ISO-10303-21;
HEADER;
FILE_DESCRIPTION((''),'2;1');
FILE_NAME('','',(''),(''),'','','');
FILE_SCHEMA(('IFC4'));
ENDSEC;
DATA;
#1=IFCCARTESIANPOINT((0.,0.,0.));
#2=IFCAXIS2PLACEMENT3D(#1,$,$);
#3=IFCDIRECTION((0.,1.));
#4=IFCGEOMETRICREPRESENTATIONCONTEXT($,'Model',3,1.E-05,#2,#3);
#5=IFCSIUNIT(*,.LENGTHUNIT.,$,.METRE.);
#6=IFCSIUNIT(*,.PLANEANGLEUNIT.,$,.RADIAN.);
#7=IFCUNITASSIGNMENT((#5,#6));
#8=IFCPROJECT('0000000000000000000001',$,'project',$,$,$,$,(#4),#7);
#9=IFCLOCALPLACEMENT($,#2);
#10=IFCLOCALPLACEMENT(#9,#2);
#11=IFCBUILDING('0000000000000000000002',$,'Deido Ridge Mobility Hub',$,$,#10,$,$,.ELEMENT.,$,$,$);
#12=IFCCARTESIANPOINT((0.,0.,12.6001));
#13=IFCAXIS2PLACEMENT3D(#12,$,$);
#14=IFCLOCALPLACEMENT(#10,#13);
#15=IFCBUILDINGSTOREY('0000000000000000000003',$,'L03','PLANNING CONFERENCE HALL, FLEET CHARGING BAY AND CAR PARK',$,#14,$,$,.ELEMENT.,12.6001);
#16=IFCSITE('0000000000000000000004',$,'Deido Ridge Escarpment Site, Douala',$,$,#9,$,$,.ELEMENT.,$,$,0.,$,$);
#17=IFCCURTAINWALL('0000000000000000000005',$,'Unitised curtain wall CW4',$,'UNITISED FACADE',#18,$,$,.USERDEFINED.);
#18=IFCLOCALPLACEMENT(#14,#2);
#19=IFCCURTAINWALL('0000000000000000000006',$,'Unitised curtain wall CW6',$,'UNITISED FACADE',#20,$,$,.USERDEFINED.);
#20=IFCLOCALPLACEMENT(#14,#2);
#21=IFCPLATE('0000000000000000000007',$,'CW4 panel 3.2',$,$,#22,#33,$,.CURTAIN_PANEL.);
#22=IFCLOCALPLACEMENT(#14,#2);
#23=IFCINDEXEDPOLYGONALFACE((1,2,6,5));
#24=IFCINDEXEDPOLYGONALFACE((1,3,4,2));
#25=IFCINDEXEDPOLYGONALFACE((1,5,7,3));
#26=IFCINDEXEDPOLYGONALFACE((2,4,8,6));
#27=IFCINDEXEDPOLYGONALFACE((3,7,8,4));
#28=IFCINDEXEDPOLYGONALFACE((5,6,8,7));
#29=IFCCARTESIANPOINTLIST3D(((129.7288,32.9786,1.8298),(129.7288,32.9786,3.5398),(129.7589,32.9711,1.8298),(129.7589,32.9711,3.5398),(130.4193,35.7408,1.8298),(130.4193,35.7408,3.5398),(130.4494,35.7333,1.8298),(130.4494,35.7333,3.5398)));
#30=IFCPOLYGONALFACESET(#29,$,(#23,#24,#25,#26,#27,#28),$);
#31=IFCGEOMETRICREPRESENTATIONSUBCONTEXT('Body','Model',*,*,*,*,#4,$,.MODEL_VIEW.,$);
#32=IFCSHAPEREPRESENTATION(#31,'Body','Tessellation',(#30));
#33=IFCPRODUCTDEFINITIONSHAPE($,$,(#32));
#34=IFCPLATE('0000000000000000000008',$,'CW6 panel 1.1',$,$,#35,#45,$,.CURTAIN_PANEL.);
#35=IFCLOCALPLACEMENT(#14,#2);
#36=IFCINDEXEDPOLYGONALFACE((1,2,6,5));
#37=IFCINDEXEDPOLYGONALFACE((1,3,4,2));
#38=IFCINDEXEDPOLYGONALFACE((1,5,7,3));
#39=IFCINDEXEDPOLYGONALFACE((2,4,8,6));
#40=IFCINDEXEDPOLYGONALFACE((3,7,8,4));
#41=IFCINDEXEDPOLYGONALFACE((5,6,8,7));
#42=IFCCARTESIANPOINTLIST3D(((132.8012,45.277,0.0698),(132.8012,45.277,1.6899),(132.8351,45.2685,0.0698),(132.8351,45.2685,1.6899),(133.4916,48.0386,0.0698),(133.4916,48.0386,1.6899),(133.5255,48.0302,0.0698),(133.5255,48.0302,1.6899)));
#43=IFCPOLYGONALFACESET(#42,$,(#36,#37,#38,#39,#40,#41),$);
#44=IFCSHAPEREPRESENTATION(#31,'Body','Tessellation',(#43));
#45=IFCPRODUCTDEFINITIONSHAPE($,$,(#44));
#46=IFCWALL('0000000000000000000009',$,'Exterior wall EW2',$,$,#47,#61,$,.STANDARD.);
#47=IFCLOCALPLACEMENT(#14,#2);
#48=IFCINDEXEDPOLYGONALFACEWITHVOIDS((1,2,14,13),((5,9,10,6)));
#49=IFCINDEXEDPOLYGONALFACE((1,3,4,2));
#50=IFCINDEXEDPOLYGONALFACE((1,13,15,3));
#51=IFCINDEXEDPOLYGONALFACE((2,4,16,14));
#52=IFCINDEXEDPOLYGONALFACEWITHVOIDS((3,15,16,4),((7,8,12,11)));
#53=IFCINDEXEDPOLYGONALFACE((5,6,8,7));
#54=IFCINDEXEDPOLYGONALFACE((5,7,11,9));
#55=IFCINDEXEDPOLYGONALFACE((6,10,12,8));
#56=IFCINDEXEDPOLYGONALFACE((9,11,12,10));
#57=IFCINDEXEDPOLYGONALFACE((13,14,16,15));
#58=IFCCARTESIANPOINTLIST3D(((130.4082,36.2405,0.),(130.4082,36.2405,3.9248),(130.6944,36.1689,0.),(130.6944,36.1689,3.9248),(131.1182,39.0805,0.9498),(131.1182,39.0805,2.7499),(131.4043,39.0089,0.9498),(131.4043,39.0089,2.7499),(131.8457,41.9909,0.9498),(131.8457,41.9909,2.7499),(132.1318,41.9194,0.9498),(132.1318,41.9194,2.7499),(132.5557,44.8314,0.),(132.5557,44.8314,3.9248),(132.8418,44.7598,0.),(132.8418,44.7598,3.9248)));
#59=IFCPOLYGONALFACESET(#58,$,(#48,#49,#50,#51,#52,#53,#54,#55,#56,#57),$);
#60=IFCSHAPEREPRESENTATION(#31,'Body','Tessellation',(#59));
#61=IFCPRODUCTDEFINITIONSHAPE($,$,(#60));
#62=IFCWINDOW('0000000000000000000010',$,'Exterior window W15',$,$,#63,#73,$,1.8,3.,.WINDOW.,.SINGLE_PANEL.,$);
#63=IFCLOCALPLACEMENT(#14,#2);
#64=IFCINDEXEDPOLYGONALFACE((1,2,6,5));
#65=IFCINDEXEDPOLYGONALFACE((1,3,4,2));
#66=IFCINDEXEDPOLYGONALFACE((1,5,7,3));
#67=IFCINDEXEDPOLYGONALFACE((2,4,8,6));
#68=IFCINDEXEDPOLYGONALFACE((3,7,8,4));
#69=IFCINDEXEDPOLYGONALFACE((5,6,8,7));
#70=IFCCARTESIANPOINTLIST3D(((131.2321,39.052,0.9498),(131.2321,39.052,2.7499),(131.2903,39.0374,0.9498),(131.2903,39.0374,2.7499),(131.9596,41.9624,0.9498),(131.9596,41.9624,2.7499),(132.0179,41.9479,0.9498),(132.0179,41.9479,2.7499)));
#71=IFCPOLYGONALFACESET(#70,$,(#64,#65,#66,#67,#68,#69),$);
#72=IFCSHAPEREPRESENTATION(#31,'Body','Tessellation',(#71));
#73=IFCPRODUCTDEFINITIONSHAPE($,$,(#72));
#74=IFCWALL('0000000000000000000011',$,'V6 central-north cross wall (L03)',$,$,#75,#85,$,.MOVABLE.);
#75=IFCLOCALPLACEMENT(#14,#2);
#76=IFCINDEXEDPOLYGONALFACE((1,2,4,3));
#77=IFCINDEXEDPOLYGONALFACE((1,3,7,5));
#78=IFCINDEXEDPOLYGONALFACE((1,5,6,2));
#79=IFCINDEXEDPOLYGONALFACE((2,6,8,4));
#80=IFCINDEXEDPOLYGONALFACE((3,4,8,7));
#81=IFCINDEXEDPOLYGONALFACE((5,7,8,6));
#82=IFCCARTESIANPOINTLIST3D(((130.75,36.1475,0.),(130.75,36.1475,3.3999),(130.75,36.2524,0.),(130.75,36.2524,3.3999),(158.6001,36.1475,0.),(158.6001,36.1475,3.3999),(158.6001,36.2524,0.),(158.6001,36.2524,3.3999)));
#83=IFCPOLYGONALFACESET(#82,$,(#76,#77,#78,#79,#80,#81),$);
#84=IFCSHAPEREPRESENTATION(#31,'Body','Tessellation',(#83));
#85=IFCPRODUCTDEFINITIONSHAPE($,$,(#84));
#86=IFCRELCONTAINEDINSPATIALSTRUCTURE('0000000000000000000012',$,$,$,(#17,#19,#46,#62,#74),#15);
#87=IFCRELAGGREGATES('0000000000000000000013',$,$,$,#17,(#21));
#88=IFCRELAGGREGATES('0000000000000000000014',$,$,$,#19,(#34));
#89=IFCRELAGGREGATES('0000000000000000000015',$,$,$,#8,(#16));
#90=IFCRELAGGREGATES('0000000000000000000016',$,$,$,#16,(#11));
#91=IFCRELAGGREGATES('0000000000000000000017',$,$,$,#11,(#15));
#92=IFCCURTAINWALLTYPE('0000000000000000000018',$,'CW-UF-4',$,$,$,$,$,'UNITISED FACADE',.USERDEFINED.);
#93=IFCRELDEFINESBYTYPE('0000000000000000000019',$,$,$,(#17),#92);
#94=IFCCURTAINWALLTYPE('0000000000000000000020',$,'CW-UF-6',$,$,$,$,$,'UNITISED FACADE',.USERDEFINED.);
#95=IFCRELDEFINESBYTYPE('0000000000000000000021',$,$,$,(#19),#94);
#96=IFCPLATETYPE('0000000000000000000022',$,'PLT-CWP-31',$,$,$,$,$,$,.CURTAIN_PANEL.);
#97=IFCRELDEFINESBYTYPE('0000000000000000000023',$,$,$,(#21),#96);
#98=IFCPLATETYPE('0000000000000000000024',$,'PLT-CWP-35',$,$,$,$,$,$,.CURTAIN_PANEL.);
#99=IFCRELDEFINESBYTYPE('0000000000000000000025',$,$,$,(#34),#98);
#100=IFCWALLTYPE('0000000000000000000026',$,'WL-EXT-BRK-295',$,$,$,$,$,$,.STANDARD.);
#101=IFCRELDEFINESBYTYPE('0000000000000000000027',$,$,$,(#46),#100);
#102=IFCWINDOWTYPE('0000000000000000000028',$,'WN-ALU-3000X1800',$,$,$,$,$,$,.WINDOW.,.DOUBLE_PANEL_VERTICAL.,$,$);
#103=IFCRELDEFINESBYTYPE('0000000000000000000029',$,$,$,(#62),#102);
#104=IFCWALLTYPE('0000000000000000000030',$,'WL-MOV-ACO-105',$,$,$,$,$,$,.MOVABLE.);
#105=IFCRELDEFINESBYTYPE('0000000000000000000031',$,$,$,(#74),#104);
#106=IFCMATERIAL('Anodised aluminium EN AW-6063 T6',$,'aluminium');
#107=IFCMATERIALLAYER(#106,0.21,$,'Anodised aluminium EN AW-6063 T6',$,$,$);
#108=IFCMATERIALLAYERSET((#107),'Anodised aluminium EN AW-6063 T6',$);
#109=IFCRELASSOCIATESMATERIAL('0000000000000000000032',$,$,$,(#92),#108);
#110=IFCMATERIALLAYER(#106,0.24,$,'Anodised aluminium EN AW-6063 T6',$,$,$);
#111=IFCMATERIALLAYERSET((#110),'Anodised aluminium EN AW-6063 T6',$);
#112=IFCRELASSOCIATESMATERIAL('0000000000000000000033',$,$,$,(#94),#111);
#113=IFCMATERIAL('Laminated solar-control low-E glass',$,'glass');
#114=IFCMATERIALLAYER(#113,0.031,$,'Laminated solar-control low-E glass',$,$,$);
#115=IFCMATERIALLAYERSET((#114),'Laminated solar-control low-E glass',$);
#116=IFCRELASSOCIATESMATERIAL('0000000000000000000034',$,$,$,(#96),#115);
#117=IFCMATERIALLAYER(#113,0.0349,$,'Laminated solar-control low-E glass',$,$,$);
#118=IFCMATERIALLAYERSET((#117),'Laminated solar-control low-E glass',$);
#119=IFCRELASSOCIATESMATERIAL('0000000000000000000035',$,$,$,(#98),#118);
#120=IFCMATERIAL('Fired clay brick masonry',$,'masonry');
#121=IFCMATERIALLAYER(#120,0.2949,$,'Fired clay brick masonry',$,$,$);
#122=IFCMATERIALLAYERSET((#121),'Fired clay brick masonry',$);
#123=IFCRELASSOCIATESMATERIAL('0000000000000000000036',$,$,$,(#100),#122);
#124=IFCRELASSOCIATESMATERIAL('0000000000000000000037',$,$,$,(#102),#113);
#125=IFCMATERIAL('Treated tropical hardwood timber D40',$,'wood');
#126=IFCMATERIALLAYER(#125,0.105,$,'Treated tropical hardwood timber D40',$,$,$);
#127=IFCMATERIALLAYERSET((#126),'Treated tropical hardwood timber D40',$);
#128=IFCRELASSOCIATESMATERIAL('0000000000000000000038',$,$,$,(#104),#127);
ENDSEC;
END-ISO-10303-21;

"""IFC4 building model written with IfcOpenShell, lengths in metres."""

from ifc_helpers import new_model, si_unit, direction, frame, frame_2d, origin, origin_2d, place, context, subcontext, project, spatial, rectangle, extrude, material, layer, layer_set, type_object, element, fill, aggregate, save


model = new_model("IFC4")

# Units and contexts
model_context = context("Model", 3, precision=1e-05, world=origin(), true_north=direction((0.0, 1.0)))
body_context = subcontext(model_context, "Body", "Model", "MODEL_VIEW")
ifc_project = project(units=[si_unit("LENGTHUNIT", "METRE"), si_unit("PLANEANGLEUNIT", "RADIAN")], contexts=[model_context])

# Site, building, storey
site_placement = place(None, origin())
site = spatial("IfcSite", under=ifc_project, at=site_placement, Name="Deido Ridge Escarpment Site, Douala", CompositionType="ELEMENT", RefElevation=0.0)
building_placement = place(site_placement, origin())
building = spatial("IfcBuilding", under=site, at=building_placement, Name="Deido Ridge Mobility Hub", CompositionType="ELEMENT")
storey_placement = place(building_placement, frame((0.0, 0.0, 12.6001)))
storey = spatial("IfcBuildingStorey", under=building, at=storey_placement, Name="L03", Description="PLANNING CONFERENCE HALL, FLEET CHARGING BAY AND CAR PARK", CompositionType="ELEMENT", Elevation=12.6001)

# Curtain wall
ifc_material_1 = material(Name="Anodised aluminium EN AW-6063 T6", Category="aluminium")
ifc_layer_1 = layer(ifc_material_1, 0.21, Name="Anodised aluminium EN AW-6063 T6")
ifc_layer_set_1 = layer_set([ifc_layer_1], Name="Anodised aluminium EN AW-6063 T6")
curtain_wall_type_1 = type_object("IfcCurtainWallType", Name="CW-UF-4", ElementType="UNITISED FACADE", PredefinedType="USERDEFINED", material=ifc_layer_set_1)
curtain_wall_1_placement = place(storey_placement, origin())
curtain_wall_1 = element("IfcCurtainWall", 1, at=curtain_wall_1_placement, inside=storey, type_object=curtain_wall_type_1, Name="Unitised curtain wall CW4", ObjectType="UNITISED FACADE", PredefinedType="USERDEFINED")

# Curtain wall
ifc_layer_2 = layer(ifc_material_1, 0.24, Name="Anodised aluminium EN AW-6063 T6")
ifc_layer_set_2 = layer_set([ifc_layer_2], Name="Anodised aluminium EN AW-6063 T6")
curtain_wall_type_2 = type_object("IfcCurtainWallType", Name="CW-UF-6", ElementType="UNITISED FACADE", PredefinedType="USERDEFINED", material=ifc_layer_set_2)
curtain_wall_2_placement = place(storey_placement, origin())
curtain_wall_2 = element("IfcCurtainWall", 2, at=curtain_wall_2_placement, inside=storey, type_object=curtain_wall_type_2, Name="Unitised curtain wall CW6", ObjectType="UNITISED FACADE", PredefinedType="USERDEFINED")

# Plates
ifc_material_2 = material(Name="Laminated solar-control low-E glass", Category="glass")
ifc_layer_3 = layer(ifc_material_2, 0.031, Name="Laminated solar-control low-E glass")
ifc_layer_set_3 = layer_set([ifc_layer_3], Name="Laminated solar-control low-E glass")
plate_type_1 = type_object("IfcPlateType", Name="PLT-CWP-31", PredefinedType="CURTAIN_PANEL", material=ifc_layer_set_3)
plate_1_placement = place(storey_placement, frame((130.0891, 34.356, 1.8298), z_axis=(0.0, 0.0, 1.0), x_axis=(0.24253, 0.970144, 0.0)))
plate_1 = element("IfcPlate", 3, at=plate_1_placement, type_object=plate_type_1, Name="CW4 panel 3.2", PredefinedType="CURTAIN_PANEL", context=body_context, shape_type="SweptSolid", body=[
    extrude(rectangle(XDim=2.8472, YDim=0.031, at=origin_2d()), origin(), (0.0, 0.0, 1.0), 1.71),
])
aggregate(curtain_wall_1, [plate_1])
ifc_layer_4 = layer(ifc_material_2, 0.0349, Name="Laminated solar-control low-E glass")
ifc_layer_set_4 = layer_set([ifc_layer_4], Name="Laminated solar-control low-E glass")
plate_type_2 = type_object("IfcPlateType", Name="PLT-CWP-35", PredefinedType="CURTAIN_PANEL", material=ifc_layer_set_4)
plate_2_placement = place(storey_placement, frame((133.1633, 46.6536, 0.0698), z_axis=(0.0, 0.0, 1.0), x_axis=(0.24253, 0.970144, 0.0)))
plate_2 = element("IfcPlate", 4, at=plate_2_placement, type_object=plate_type_2, Name="CW6 panel 1.1", PredefinedType="CURTAIN_PANEL", context=body_context, shape_type="SweptSolid", body=[
    extrude(rectangle(XDim=2.8467, YDim=0.0349, at=origin_2d()), origin(), (0.0, 0.0, 1.0), 1.6201),
])
aggregate(curtain_wall_2, [plate_2])

# Wall, opening, window
ifc_material_3 = material(Name="Fired clay brick masonry", Category="masonry")
ifc_layer_5 = layer(ifc_material_3, 0.2949, Name="Fired clay brick masonry")
ifc_layer_set_5 = layer_set([ifc_layer_5], Name="Fired clay brick masonry")
wall_type_1 = type_object("IfcWallType", Name="WL-EXT-BRK-295", PredefinedType="STANDARD", material=ifc_layer_set_5)
wall_1_placement = place(storey_placement, frame((130.5513, 36.2046, 0.0), z_axis=(0.0, 0.0, 1.0), x_axis=(0.24251, 0.970149, 0.0)))
wall_1 = element("IfcWall", 5, at=wall_1_placement, inside=storey, type_object=wall_type_1, Name="Exterior wall EW2", PredefinedType="STANDARD", context=body_context, shape_type="SweptSolid", body=[
    extrude(rectangle(XDim=8.8552, YDim=0.2949, at=frame_2d((4.4277, 0.0))), origin(), (0.0, 0.0, 1.0), 3.9248),
])
opening_placement = place(wall_1_placement, frame((2.9275, 0.0, 0.95)))
opening = element("IfcOpeningElement", 6, at=opening_placement, cuts=wall_1, PredefinedType="OPENING", context=body_context, shape_type="SweptSolid", body=[
    extrude(rectangle(XDim=3.0, YDim=1.8, at=frame_2d((1.5, 0.8999))), frame((0.0, 0.1575, 0.0), z_axis=(0.0, -1.0, 0.0), x_axis=(1.0, 0.0, 0.0)), (0.0, 0.0, 1.0), 0.3149),
])
window_type = type_object("IfcWindowType", Name="WN-ALU-3000X1800", PartitioningType="DOUBLE_PANEL_VERTICAL", PredefinedType="WINDOW", material=ifc_material_2)
window_placement = place(opening_placement, origin())
window = element("IfcWindow", 7, at=window_placement, inside=storey, type_object=window_type, Name="Exterior window W15", OverallHeight=1.8, OverallWidth=3.0, PartitioningType="SINGLE_PANEL", PredefinedType="WINDOW", context=body_context, shape_type="SweptSolid", body=[
    extrude(rectangle(XDim=3.0, YDim=1.8, at=frame_2d((1.5, 0.8999))), frame((0.0, 0.03, 0.0), z_axis=(0.0, -1.0, 0.0), x_axis=(1.0, 0.0, 0.0)), (0.0, 0.0, 1.0), 0.0601),
])
fill(opening, window)

# Wall
ifc_material_4 = material(Name="Treated tropical hardwood timber D40", Category="wood")
ifc_layer_6 = layer(ifc_material_4, 0.105, Name="Treated tropical hardwood timber D40")
ifc_layer_set_6 = layer_set([ifc_layer_6], Name="Treated tropical hardwood timber D40")
wall_type_2 = type_object("IfcWallType", Name="WL-MOV-ACO-105", PredefinedType="MOVABLE", material=ifc_layer_set_6)
wall_2_placement = place(storey_placement, frame((130.75, 36.2, 0.0), z_axis=(0.0, 0.0, 1.0), x_axis=(1.0, 0.0, 0.0)))
element("IfcWall", 8, at=wall_2_placement, inside=storey, type_object=wall_type_2, Name="V6 central-north cross wall (L03)", PredefinedType="MOVABLE", context=body_context, shape_type="SweptSolid", body=[
    extrude(rectangle(XDim=27.8501, YDim=0.105, at=frame_2d((13.925, 0.0))), origin(), (0.0, 0.0, 1.0), 3.3999),
])

save(model, "model.ifc")
